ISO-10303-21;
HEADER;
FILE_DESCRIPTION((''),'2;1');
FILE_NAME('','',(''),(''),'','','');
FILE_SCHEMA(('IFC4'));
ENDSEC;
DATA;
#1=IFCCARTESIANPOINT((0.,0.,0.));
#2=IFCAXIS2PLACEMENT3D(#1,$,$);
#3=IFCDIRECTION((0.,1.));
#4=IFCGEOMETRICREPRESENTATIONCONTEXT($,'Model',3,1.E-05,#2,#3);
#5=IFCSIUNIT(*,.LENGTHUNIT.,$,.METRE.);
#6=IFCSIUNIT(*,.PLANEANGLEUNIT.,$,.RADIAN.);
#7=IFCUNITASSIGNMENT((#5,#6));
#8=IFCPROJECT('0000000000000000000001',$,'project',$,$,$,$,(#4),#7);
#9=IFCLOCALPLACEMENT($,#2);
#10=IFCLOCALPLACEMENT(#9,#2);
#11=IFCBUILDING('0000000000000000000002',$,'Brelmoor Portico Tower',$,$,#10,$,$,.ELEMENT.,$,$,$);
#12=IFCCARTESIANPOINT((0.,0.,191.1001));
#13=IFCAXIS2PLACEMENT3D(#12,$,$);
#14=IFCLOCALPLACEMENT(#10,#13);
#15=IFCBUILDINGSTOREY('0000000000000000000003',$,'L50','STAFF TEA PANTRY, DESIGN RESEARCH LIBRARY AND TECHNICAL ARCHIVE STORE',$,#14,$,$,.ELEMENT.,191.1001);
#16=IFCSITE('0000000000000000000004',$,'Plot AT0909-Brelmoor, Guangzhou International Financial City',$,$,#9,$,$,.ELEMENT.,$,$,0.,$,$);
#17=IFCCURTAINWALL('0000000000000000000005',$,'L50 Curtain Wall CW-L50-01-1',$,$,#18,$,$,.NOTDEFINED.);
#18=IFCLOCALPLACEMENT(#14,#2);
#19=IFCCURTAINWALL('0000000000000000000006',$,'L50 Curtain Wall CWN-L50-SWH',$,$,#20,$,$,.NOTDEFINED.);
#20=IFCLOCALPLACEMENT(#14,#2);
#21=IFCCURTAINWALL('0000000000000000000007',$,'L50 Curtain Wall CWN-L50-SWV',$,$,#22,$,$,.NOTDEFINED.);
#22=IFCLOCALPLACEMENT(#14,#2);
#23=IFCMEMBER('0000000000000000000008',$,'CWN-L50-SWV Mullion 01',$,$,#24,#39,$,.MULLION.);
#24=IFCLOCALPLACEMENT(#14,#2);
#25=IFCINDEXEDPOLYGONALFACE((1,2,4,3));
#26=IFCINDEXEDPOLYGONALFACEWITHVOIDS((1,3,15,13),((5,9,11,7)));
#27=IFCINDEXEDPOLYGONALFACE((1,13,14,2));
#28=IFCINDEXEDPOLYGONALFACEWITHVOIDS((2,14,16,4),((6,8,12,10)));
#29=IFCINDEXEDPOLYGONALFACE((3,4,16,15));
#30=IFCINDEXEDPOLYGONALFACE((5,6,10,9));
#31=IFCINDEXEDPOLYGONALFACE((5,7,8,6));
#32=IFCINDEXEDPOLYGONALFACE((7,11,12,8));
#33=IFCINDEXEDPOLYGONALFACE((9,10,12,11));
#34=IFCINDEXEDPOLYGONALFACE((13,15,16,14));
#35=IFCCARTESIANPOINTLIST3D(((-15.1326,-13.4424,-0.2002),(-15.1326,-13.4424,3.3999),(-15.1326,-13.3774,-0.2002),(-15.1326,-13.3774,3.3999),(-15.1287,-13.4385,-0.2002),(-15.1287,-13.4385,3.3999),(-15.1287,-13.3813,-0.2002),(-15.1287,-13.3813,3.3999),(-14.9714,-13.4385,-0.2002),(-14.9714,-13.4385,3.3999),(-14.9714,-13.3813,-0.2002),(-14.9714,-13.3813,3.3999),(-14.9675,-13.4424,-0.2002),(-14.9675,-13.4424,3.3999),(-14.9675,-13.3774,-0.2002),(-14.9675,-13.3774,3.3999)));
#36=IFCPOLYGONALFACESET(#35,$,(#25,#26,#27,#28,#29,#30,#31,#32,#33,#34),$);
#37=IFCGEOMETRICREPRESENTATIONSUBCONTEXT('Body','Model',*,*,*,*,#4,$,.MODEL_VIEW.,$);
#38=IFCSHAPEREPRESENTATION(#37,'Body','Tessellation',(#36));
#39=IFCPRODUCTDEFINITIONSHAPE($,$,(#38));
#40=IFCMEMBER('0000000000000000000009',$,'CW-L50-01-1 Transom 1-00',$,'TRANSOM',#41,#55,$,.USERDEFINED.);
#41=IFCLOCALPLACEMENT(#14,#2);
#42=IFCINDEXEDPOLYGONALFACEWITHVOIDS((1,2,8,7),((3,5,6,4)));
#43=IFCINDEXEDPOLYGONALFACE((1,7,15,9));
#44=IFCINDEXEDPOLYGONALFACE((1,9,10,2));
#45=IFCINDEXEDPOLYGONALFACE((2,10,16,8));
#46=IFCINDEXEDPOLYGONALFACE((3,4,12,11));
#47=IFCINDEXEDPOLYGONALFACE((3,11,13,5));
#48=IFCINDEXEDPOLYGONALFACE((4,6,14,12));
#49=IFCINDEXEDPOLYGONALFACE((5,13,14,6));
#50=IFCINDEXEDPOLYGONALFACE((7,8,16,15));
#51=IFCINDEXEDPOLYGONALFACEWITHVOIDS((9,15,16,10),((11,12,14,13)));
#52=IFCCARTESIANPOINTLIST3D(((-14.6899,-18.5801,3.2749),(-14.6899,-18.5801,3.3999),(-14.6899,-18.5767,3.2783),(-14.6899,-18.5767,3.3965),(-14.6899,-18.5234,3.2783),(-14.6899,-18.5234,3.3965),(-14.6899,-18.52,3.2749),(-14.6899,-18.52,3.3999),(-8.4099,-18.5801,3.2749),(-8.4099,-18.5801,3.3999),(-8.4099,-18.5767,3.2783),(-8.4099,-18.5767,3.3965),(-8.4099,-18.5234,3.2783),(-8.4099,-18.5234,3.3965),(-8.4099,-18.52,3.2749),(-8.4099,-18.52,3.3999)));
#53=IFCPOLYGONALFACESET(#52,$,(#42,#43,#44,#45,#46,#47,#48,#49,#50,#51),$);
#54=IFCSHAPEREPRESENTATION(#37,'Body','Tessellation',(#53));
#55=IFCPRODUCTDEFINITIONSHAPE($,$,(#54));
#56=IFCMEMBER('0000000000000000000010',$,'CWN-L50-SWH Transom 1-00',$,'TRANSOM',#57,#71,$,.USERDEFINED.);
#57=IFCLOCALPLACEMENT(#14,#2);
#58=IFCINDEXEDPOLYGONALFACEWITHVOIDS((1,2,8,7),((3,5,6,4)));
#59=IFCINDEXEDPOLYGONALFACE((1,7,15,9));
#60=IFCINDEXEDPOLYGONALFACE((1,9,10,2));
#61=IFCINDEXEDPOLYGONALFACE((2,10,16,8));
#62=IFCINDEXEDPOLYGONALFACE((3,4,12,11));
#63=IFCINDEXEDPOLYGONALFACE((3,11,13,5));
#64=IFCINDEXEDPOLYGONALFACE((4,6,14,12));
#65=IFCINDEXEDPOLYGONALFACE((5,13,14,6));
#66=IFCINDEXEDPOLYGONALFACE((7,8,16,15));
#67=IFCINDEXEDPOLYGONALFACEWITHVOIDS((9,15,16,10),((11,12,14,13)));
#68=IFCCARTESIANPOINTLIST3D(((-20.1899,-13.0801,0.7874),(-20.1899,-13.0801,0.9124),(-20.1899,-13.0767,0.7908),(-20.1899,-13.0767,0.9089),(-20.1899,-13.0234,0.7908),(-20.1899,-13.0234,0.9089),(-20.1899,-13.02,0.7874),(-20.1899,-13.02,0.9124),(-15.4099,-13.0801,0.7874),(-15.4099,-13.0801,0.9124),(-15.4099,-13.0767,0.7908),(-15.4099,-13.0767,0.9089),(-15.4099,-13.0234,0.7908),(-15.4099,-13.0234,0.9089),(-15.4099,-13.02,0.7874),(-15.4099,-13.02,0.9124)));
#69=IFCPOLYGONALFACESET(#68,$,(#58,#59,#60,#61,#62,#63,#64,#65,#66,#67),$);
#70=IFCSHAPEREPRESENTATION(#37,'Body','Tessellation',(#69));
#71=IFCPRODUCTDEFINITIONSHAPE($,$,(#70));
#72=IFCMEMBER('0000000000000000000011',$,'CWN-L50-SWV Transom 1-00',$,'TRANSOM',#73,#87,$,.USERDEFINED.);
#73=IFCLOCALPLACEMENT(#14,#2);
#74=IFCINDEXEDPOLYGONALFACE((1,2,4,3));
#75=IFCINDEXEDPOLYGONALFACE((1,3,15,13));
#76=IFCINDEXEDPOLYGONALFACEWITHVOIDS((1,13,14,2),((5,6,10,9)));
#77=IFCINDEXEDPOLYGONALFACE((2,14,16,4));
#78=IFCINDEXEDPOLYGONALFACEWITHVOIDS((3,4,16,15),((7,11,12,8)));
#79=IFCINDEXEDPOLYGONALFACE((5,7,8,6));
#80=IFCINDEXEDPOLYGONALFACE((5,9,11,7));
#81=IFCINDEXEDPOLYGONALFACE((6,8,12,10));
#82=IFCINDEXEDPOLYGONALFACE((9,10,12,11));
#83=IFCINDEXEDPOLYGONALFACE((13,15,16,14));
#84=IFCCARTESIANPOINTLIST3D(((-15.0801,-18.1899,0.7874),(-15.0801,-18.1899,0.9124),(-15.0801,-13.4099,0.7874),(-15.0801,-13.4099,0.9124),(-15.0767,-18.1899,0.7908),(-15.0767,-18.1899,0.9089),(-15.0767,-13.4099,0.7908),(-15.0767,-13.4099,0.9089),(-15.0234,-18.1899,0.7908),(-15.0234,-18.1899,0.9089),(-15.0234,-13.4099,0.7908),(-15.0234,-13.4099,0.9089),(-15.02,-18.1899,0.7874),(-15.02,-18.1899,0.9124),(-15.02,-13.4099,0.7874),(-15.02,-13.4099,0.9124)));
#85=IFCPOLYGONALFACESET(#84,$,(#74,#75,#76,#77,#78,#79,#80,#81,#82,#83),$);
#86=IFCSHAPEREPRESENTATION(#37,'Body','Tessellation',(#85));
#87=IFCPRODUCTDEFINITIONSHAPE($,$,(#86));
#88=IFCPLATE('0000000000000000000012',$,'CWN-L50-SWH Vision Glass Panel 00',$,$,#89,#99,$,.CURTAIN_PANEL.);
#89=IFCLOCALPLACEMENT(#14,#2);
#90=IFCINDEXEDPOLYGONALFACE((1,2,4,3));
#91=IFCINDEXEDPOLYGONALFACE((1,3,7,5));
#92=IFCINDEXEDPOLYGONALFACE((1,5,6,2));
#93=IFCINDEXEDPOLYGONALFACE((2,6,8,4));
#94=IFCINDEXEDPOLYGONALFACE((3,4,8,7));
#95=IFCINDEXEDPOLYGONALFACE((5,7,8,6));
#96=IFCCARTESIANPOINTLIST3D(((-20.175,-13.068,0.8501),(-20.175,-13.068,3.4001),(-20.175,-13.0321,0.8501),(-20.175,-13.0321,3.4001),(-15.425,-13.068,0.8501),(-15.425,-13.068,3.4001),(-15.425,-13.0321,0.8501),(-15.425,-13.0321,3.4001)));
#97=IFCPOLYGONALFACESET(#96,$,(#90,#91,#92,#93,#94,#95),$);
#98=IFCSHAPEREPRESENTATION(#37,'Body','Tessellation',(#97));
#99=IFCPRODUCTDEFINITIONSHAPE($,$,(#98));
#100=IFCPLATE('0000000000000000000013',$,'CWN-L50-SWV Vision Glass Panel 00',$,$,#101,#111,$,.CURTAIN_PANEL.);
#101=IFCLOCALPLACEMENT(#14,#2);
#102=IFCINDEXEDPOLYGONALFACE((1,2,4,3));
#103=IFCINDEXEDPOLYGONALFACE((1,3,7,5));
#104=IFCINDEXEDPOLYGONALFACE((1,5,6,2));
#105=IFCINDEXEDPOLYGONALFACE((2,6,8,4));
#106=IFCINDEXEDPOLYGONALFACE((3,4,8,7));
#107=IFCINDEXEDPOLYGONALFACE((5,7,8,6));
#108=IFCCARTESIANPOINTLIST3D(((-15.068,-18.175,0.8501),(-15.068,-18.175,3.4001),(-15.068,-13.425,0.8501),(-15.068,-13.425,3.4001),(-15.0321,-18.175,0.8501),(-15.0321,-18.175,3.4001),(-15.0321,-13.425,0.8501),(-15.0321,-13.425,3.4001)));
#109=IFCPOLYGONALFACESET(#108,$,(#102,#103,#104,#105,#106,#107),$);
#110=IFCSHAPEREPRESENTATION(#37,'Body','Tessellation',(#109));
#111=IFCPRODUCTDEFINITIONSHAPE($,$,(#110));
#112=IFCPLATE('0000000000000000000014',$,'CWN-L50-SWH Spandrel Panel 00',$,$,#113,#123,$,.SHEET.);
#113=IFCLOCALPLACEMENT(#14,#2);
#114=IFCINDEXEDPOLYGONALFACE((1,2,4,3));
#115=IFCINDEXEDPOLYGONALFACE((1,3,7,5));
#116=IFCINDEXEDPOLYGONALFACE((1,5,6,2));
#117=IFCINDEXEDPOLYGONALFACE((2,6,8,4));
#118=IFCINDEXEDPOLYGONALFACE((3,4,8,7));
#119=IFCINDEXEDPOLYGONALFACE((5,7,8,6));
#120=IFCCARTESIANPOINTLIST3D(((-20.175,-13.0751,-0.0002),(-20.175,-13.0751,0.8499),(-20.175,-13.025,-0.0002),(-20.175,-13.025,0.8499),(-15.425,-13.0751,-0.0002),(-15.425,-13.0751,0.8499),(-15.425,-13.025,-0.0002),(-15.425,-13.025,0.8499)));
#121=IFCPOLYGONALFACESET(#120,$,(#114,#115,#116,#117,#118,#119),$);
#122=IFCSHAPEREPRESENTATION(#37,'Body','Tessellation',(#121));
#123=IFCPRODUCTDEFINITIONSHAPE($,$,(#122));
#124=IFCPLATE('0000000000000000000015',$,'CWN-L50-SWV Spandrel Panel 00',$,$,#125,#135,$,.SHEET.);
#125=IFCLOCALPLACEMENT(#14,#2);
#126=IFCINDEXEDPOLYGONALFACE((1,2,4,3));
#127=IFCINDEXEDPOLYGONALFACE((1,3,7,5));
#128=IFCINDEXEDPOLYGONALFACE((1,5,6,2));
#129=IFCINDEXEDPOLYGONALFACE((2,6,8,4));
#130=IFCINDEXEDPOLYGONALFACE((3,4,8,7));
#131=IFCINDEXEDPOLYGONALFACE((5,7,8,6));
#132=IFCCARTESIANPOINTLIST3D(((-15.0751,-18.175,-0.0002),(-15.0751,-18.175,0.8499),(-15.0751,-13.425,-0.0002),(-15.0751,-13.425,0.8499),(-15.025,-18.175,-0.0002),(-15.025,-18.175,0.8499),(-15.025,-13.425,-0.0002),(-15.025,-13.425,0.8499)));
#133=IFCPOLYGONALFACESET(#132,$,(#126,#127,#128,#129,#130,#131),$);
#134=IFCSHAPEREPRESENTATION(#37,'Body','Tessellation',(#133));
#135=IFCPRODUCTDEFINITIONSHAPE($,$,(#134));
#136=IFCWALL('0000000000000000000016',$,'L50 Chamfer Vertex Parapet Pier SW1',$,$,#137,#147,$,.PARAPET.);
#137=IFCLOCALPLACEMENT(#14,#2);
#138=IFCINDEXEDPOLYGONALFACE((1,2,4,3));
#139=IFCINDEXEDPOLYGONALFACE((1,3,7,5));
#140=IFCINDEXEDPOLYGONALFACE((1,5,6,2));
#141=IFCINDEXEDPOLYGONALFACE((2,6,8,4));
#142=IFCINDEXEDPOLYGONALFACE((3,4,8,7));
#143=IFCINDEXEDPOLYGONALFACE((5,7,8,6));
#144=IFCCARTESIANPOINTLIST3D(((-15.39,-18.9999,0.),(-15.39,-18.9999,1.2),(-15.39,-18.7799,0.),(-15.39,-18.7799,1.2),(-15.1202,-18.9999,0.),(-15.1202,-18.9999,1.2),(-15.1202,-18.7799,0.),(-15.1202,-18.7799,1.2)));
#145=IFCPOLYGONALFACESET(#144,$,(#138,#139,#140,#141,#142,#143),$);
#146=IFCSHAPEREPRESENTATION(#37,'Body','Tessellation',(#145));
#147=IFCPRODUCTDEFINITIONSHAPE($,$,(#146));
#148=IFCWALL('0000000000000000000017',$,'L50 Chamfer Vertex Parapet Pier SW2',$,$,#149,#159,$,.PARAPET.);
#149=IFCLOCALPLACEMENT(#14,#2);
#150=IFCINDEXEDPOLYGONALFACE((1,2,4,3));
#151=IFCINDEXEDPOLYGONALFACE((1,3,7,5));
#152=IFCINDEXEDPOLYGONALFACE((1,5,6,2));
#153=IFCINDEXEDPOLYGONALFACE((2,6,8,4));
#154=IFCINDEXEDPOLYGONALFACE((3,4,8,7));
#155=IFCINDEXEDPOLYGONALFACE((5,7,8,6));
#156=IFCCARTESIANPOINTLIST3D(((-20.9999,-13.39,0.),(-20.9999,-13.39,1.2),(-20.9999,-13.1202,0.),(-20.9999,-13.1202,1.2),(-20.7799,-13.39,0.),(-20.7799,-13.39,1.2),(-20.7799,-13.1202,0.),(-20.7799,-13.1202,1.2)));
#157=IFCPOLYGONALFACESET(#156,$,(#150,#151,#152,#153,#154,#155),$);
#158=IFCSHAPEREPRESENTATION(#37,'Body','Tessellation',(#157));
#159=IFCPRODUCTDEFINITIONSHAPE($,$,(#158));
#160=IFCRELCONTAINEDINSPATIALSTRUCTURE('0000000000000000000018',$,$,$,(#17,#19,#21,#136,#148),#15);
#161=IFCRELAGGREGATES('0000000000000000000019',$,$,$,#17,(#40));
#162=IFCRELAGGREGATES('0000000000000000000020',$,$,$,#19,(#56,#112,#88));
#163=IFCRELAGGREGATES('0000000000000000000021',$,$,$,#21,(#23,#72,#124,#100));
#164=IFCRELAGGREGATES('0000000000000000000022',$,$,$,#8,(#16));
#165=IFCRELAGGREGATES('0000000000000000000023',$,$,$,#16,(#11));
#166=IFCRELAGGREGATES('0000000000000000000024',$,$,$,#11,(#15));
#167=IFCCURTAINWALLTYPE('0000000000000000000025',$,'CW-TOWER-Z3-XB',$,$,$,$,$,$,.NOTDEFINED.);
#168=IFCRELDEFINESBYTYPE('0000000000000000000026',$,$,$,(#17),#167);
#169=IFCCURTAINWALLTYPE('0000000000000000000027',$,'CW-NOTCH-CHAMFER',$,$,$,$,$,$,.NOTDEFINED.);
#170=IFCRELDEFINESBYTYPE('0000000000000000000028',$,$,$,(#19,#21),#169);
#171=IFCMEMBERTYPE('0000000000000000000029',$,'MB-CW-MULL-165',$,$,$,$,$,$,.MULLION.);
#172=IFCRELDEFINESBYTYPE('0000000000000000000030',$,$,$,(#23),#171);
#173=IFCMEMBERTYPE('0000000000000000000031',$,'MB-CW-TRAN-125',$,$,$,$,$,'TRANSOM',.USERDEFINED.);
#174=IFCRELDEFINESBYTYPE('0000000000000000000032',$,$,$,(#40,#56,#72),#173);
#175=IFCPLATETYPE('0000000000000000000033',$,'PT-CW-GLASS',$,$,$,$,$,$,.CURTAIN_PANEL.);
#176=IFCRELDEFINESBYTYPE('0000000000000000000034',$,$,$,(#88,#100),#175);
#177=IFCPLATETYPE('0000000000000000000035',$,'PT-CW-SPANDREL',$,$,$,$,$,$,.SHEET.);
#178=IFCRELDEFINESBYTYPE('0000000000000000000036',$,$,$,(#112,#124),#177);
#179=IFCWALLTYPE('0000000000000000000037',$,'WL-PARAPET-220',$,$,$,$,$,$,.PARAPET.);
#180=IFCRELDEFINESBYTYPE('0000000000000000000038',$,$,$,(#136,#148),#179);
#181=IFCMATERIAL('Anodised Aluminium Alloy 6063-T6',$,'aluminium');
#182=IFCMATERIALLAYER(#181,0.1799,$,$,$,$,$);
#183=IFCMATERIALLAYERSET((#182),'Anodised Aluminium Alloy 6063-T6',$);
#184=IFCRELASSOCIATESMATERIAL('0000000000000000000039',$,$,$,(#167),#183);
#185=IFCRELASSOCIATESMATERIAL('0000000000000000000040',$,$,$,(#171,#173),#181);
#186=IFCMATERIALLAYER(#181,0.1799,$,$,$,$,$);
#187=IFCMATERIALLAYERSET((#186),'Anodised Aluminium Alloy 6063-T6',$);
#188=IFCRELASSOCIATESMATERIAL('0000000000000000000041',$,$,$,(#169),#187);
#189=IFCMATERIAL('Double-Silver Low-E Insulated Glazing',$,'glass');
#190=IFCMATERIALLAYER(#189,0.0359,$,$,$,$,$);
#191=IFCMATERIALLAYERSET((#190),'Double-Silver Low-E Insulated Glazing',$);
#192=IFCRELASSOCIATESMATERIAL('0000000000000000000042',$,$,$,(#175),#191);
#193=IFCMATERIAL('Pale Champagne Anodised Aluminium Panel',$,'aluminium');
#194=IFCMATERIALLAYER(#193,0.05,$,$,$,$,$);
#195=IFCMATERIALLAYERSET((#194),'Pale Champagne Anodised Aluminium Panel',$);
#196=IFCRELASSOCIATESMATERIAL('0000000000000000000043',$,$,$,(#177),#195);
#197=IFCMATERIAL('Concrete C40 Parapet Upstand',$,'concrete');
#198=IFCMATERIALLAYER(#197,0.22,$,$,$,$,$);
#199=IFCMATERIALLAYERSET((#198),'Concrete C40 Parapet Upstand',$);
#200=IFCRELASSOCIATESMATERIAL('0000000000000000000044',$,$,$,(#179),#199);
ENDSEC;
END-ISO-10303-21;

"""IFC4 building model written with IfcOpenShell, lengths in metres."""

from ifc_helpers import new_model, si_unit, direction, frame, frame_2d, origin, origin_2d, place, context, subcontext, project, spatial, rectangle, hollow_rectangle, extrude, material, layer, layer_set, material_profile, profile_set, type_object, element, aggregate, save


model = new_model("IFC4")

# Units and contexts
model_context = context("Model", 3, precision=1e-05, world=origin(), true_north=direction((0.0, 1.0)))
body_context = subcontext(model_context, "Body", "Model", "MODEL_VIEW")
ifc_project = project(units=[si_unit("LENGTHUNIT", "METRE"), si_unit("PLANEANGLEUNIT", "RADIAN")], contexts=[model_context])

# Site, building, storey
site_placement = place(None, origin())
site = spatial("IfcSite", under=ifc_project, at=site_placement, Name="Plot AT0909-Brelmoor, Guangzhou International Financial City", CompositionType="ELEMENT", RefElevation=0.0)
building_placement = place(site_placement, origin())
building = spatial("IfcBuilding", under=site, at=building_placement, Name="Brelmoor Portico Tower", CompositionType="ELEMENT")
storey_placement = place(building_placement, frame((0.0, 0.0, 191.1001)))
storey = spatial("IfcBuildingStorey", under=building, at=storey_placement, Name="L50", Description="STAFF TEA PANTRY, DESIGN RESEARCH LIBRARY AND TECHNICAL ARCHIVE STORE", CompositionType="ELEMENT", Elevation=191.1001)

# Curtain wall
ifc_material_1 = material(Name="Anodised Aluminium Alloy 6063-T6", Category="aluminium")
ifc_layer_1 = layer(ifc_material_1, 0.1799)
ifc_layer_set_1 = layer_set([ifc_layer_1], Name="Anodised Aluminium Alloy 6063-T6")
curtain_wall_type_1 = type_object("IfcCurtainWallType", Name="CW-TOWER-Z3-XB", PredefinedType="NOTDEFINED", material=ifc_layer_set_1)
curtain_wall_1_placement = place(storey_placement, origin())
curtain_wall_1 = element("IfcCurtainWall", 1, at=curtain_wall_1_placement, inside=storey, type_object=curtain_wall_type_1, Name="L50 Curtain Wall CW-L50-01-1", PredefinedType="NOTDEFINED")
ifc_material_profile_1 = material_profile(ifc_material_1, hollow_rectangle(XDim=0.0649, YDim=0.165, WallThickness=0.0039, at=origin_2d()), Name="ALU MULLION 65x165")
ifc_profile_set_1 = profile_set([ifc_material_profile_1], Name="Anodised Aluminium Alloy 6063-T6")
member_type_1 = type_object("IfcMemberType", Name="MB-CW-MULL-165", PredefinedType="MULLION", material=ifc_profile_set_1)

# Curtain walls, member
ifc_layer_2 = layer(ifc_material_1, 0.1799)
ifc_layer_set_2 = layer_set([ifc_layer_2], Name="Anodised Aluminium Alloy 6063-T6")
curtain_wall_type_2 = type_object("IfcCurtainWallType", Name="CW-NOTCH-CHAMFER", PredefinedType="NOTDEFINED", material=ifc_layer_set_2)
curtain_wall_2_placement = place(storey_placement, origin())
curtain_wall_2 = element("IfcCurtainWall", 2, at=curtain_wall_2_placement, inside=storey, type_object=curtain_wall_type_2, Name="L50 Curtain Wall CWN-L50-SWH", PredefinedType="NOTDEFINED")
curtain_wall_3_placement = place(storey_placement, origin())
curtain_wall_3 = element("IfcCurtainWall", 3, at=curtain_wall_3_placement, inside=storey, type_object=curtain_wall_type_2, Name="L50 Curtain Wall CWN-L50-SWV", PredefinedType="NOTDEFINED")
member_1_placement = place(storey_placement, frame((-15.05, -13.4099, -0.2002), z_axis=(0.0, 0.0, 1.0), x_axis=(0.0, 1.0, 0.0)))
member_1 = element("IfcMember", 4, at=member_1_placement, type_object=member_type_1, Name="CWN-L50-SWV Mullion 01", PredefinedType="MULLION", context=body_context, shape_type="SweptSolid", body=[
    extrude(hollow_rectangle(XDim=0.0649, YDim=0.165, WallThickness=0.0039, at=origin_2d()), origin(), (0.0, 0.0, 1.0), 3.6001),
])

# Members
ifc_material_profile_2 = material_profile(ifc_material_1, hollow_rectangle(XDim=0.0601, YDim=0.125, WallThickness=0.0034, at=origin_2d()), Name="ALU TRANSOM 60x125")
ifc_profile_set_2 = profile_set([ifc_material_profile_2], Name="Anodised Aluminium Alloy 6063-T6")
member_type_2 = type_object("IfcMemberType", Name="MB-CW-TRAN-125", ElementType="TRANSOM", PredefinedType="USERDEFINED", material=ifc_profile_set_2)
member_2_placement = place(storey_placement, frame((-14.6899, -18.55, 3.3374), z_axis=(1.0, 0.0, 0.0), x_axis=(0.0, 1.0, 0.0)))
member_2 = element("IfcMember", 5, at=member_2_placement, type_object=member_type_2, Name="CW-L50-01-1 Transom 1-00", ObjectType="TRANSOM", PredefinedType="USERDEFINED", context=body_context, shape_type="SweptSolid", body=[
    extrude(hollow_rectangle(XDim=0.0601, YDim=0.125, WallThickness=0.0034, at=origin_2d()), origin(), (0.0, 0.0, 1.0), 6.28),
])
aggregate(curtain_wall_1, [member_2])
member_3_placement = place(storey_placement, frame((-20.1899, -13.05, 0.8499), z_axis=(1.0, 0.0, 0.0), x_axis=(0.0, 1.0, 0.0)))
member_3 = element("IfcMember", 6, at=member_3_placement, type_object=member_type_2, Name="CWN-L50-SWH Transom 1-00", ObjectType="TRANSOM", PredefinedType="USERDEFINED", context=body_context, shape_type="SweptSolid", body=[
    extrude(hollow_rectangle(XDim=0.0601, YDim=0.125, WallThickness=0.0034, at=origin_2d()), origin(), (0.0, 0.0, 1.0), 4.78),
])
member_4_placement = place(storey_placement, frame((-15.05, -18.1899, 0.8499), z_axis=(0.0, 1.0, 0.0), x_axis=(-1.0, 0.0, 0.0)))
member_4 = element("IfcMember", 7, at=member_4_placement, type_object=member_type_2, Name="CWN-L50-SWV Transom 1-00", ObjectType="TRANSOM", PredefinedType="USERDEFINED", context=body_context, shape_type="SweptSolid", body=[
    extrude(hollow_rectangle(XDim=0.0601, YDim=0.125, WallThickness=0.0034, at=origin_2d()), origin(), (0.0, 0.0, 1.0), 4.78),
])

# Plates
ifc_material_2 = material(Name="Double-Silver Low-E Insulated Glazing", Category="glass")
ifc_layer_3 = layer(ifc_material_2, 0.0359)
ifc_layer_set_3 = layer_set([ifc_layer_3], Name="Double-Silver Low-E Insulated Glazing")
plate_type_1 = type_object("IfcPlateType", Name="PT-CW-GLASS", PredefinedType="CURTAIN_PANEL", material=ifc_layer_set_3)
plate_1_placement = place(storey_placement, frame((-17.8, -13.05, 0.8501), z_axis=(0.0, 0.0, 1.0), x_axis=(1.0, 0.0, 0.0)))
plate_1 = element("IfcPlate", 8, at=plate_1_placement, type_object=plate_type_1, Name="CWN-L50-SWH Vision Glass Panel 00", PredefinedType="CURTAIN_PANEL", context=body_context, shape_type="SweptSolid", body=[
    extrude(rectangle(XDim=4.75, YDim=0.0359, at=origin_2d()), origin(), (0.0, 0.0, 1.0), 2.55),
])
plate_2_placement = place(storey_placement, frame((-15.05, -15.8, 0.8501), z_axis=(0.0, 0.0, 1.0), x_axis=(0.0, 1.0, 0.0)))
plate_2 = element("IfcPlate", 9, at=plate_2_placement, type_object=plate_type_1, Name="CWN-L50-SWV Vision Glass Panel 00", PredefinedType="CURTAIN_PANEL", context=body_context, shape_type="SweptSolid", body=[
    extrude(rectangle(XDim=4.75, YDim=0.0359, at=origin_2d()), origin(), (0.0, 0.0, 1.0), 2.55),
])
ifc_material_3 = material(Name="Pale Champagne Anodised Aluminium Panel", Category="aluminium")
ifc_layer_4 = layer(ifc_material_3, 0.05)
ifc_layer_set_4 = layer_set([ifc_layer_4], Name="Pale Champagne Anodised Aluminium Panel")
plate_type_2 = type_object("IfcPlateType", Name="PT-CW-SPANDREL", PredefinedType="SHEET", material=ifc_layer_set_4)
plate_3_placement = place(storey_placement, frame((-17.8, -13.05, -0.0002), z_axis=(0.0, 0.0, 1.0), x_axis=(1.0, 0.0, 0.0)))
plate_3 = element("IfcPlate", 10, at=plate_3_placement, type_object=plate_type_2, Name="CWN-L50-SWH Spandrel Panel 00", PredefinedType="SHEET", context=body_context, shape_type="SweptSolid", body=[
    extrude(rectangle(XDim=4.75, YDim=0.05, at=origin_2d()), origin(), (0.0, 0.0, 1.0), 0.8501),
])
aggregate(curtain_wall_2, [member_3, plate_3, plate_1])
plate_4_placement = place(storey_placement, frame((-15.05, -15.8, -0.0002), z_axis=(0.0, 0.0, 1.0), x_axis=(0.0, 1.0, 0.0)))
plate_4 = element("IfcPlate", 11, at=plate_4_placement, type_object=plate_type_2, Name="CWN-L50-SWV Spandrel Panel 00", PredefinedType="SHEET", context=body_context, shape_type="SweptSolid", body=[
    extrude(rectangle(XDim=4.75, YDim=0.05, at=origin_2d()), origin(), (0.0, 0.0, 1.0), 0.8501),
])
aggregate(curtain_wall_3, [member_1, member_4, plate_4, plate_2])

# Walls
ifc_material_4 = material(Name="Concrete C40 Parapet Upstand", Category="concrete")
ifc_layer_5 = layer(ifc_material_4, 0.22)
ifc_layer_set_5 = layer_set([ifc_layer_5], Name="Concrete C40 Parapet Upstand")
wall_type = type_object("IfcWallType", Name="WL-PARAPET-220", PredefinedType="PARAPET", material=ifc_layer_set_5)
for number, where, z_axis, x_axis, name in (
    (12, (-15.3899, -18.8899, 0.0), (0.0, 0.0, 1.0), (1.0, 0.0, 0.0), "L50 Chamfer Vertex Parapet Pier SW1"),
    (13, (-20.8899, -13.3899, 0.0), (0.0, 0.0, 1.0), (0.0, 1.0, 0.0), "L50 Chamfer Vertex Parapet Pier SW2"),
):
    element("IfcWall", number, at=place(storey_placement, frame(where, z_axis=z_axis, x_axis=x_axis)), inside=storey, type_object=wall_type, Name=name, PredefinedType="PARAPET", context=body_context, shape_type="SweptSolid", body=[
        extrude(rectangle(XDim=0.2698, YDim=0.22, at=frame_2d((0.1348, 0.0))), origin(), (0.0, 0.0, 1.0), 1.2),
    ])

save(model, "model.ifc")
